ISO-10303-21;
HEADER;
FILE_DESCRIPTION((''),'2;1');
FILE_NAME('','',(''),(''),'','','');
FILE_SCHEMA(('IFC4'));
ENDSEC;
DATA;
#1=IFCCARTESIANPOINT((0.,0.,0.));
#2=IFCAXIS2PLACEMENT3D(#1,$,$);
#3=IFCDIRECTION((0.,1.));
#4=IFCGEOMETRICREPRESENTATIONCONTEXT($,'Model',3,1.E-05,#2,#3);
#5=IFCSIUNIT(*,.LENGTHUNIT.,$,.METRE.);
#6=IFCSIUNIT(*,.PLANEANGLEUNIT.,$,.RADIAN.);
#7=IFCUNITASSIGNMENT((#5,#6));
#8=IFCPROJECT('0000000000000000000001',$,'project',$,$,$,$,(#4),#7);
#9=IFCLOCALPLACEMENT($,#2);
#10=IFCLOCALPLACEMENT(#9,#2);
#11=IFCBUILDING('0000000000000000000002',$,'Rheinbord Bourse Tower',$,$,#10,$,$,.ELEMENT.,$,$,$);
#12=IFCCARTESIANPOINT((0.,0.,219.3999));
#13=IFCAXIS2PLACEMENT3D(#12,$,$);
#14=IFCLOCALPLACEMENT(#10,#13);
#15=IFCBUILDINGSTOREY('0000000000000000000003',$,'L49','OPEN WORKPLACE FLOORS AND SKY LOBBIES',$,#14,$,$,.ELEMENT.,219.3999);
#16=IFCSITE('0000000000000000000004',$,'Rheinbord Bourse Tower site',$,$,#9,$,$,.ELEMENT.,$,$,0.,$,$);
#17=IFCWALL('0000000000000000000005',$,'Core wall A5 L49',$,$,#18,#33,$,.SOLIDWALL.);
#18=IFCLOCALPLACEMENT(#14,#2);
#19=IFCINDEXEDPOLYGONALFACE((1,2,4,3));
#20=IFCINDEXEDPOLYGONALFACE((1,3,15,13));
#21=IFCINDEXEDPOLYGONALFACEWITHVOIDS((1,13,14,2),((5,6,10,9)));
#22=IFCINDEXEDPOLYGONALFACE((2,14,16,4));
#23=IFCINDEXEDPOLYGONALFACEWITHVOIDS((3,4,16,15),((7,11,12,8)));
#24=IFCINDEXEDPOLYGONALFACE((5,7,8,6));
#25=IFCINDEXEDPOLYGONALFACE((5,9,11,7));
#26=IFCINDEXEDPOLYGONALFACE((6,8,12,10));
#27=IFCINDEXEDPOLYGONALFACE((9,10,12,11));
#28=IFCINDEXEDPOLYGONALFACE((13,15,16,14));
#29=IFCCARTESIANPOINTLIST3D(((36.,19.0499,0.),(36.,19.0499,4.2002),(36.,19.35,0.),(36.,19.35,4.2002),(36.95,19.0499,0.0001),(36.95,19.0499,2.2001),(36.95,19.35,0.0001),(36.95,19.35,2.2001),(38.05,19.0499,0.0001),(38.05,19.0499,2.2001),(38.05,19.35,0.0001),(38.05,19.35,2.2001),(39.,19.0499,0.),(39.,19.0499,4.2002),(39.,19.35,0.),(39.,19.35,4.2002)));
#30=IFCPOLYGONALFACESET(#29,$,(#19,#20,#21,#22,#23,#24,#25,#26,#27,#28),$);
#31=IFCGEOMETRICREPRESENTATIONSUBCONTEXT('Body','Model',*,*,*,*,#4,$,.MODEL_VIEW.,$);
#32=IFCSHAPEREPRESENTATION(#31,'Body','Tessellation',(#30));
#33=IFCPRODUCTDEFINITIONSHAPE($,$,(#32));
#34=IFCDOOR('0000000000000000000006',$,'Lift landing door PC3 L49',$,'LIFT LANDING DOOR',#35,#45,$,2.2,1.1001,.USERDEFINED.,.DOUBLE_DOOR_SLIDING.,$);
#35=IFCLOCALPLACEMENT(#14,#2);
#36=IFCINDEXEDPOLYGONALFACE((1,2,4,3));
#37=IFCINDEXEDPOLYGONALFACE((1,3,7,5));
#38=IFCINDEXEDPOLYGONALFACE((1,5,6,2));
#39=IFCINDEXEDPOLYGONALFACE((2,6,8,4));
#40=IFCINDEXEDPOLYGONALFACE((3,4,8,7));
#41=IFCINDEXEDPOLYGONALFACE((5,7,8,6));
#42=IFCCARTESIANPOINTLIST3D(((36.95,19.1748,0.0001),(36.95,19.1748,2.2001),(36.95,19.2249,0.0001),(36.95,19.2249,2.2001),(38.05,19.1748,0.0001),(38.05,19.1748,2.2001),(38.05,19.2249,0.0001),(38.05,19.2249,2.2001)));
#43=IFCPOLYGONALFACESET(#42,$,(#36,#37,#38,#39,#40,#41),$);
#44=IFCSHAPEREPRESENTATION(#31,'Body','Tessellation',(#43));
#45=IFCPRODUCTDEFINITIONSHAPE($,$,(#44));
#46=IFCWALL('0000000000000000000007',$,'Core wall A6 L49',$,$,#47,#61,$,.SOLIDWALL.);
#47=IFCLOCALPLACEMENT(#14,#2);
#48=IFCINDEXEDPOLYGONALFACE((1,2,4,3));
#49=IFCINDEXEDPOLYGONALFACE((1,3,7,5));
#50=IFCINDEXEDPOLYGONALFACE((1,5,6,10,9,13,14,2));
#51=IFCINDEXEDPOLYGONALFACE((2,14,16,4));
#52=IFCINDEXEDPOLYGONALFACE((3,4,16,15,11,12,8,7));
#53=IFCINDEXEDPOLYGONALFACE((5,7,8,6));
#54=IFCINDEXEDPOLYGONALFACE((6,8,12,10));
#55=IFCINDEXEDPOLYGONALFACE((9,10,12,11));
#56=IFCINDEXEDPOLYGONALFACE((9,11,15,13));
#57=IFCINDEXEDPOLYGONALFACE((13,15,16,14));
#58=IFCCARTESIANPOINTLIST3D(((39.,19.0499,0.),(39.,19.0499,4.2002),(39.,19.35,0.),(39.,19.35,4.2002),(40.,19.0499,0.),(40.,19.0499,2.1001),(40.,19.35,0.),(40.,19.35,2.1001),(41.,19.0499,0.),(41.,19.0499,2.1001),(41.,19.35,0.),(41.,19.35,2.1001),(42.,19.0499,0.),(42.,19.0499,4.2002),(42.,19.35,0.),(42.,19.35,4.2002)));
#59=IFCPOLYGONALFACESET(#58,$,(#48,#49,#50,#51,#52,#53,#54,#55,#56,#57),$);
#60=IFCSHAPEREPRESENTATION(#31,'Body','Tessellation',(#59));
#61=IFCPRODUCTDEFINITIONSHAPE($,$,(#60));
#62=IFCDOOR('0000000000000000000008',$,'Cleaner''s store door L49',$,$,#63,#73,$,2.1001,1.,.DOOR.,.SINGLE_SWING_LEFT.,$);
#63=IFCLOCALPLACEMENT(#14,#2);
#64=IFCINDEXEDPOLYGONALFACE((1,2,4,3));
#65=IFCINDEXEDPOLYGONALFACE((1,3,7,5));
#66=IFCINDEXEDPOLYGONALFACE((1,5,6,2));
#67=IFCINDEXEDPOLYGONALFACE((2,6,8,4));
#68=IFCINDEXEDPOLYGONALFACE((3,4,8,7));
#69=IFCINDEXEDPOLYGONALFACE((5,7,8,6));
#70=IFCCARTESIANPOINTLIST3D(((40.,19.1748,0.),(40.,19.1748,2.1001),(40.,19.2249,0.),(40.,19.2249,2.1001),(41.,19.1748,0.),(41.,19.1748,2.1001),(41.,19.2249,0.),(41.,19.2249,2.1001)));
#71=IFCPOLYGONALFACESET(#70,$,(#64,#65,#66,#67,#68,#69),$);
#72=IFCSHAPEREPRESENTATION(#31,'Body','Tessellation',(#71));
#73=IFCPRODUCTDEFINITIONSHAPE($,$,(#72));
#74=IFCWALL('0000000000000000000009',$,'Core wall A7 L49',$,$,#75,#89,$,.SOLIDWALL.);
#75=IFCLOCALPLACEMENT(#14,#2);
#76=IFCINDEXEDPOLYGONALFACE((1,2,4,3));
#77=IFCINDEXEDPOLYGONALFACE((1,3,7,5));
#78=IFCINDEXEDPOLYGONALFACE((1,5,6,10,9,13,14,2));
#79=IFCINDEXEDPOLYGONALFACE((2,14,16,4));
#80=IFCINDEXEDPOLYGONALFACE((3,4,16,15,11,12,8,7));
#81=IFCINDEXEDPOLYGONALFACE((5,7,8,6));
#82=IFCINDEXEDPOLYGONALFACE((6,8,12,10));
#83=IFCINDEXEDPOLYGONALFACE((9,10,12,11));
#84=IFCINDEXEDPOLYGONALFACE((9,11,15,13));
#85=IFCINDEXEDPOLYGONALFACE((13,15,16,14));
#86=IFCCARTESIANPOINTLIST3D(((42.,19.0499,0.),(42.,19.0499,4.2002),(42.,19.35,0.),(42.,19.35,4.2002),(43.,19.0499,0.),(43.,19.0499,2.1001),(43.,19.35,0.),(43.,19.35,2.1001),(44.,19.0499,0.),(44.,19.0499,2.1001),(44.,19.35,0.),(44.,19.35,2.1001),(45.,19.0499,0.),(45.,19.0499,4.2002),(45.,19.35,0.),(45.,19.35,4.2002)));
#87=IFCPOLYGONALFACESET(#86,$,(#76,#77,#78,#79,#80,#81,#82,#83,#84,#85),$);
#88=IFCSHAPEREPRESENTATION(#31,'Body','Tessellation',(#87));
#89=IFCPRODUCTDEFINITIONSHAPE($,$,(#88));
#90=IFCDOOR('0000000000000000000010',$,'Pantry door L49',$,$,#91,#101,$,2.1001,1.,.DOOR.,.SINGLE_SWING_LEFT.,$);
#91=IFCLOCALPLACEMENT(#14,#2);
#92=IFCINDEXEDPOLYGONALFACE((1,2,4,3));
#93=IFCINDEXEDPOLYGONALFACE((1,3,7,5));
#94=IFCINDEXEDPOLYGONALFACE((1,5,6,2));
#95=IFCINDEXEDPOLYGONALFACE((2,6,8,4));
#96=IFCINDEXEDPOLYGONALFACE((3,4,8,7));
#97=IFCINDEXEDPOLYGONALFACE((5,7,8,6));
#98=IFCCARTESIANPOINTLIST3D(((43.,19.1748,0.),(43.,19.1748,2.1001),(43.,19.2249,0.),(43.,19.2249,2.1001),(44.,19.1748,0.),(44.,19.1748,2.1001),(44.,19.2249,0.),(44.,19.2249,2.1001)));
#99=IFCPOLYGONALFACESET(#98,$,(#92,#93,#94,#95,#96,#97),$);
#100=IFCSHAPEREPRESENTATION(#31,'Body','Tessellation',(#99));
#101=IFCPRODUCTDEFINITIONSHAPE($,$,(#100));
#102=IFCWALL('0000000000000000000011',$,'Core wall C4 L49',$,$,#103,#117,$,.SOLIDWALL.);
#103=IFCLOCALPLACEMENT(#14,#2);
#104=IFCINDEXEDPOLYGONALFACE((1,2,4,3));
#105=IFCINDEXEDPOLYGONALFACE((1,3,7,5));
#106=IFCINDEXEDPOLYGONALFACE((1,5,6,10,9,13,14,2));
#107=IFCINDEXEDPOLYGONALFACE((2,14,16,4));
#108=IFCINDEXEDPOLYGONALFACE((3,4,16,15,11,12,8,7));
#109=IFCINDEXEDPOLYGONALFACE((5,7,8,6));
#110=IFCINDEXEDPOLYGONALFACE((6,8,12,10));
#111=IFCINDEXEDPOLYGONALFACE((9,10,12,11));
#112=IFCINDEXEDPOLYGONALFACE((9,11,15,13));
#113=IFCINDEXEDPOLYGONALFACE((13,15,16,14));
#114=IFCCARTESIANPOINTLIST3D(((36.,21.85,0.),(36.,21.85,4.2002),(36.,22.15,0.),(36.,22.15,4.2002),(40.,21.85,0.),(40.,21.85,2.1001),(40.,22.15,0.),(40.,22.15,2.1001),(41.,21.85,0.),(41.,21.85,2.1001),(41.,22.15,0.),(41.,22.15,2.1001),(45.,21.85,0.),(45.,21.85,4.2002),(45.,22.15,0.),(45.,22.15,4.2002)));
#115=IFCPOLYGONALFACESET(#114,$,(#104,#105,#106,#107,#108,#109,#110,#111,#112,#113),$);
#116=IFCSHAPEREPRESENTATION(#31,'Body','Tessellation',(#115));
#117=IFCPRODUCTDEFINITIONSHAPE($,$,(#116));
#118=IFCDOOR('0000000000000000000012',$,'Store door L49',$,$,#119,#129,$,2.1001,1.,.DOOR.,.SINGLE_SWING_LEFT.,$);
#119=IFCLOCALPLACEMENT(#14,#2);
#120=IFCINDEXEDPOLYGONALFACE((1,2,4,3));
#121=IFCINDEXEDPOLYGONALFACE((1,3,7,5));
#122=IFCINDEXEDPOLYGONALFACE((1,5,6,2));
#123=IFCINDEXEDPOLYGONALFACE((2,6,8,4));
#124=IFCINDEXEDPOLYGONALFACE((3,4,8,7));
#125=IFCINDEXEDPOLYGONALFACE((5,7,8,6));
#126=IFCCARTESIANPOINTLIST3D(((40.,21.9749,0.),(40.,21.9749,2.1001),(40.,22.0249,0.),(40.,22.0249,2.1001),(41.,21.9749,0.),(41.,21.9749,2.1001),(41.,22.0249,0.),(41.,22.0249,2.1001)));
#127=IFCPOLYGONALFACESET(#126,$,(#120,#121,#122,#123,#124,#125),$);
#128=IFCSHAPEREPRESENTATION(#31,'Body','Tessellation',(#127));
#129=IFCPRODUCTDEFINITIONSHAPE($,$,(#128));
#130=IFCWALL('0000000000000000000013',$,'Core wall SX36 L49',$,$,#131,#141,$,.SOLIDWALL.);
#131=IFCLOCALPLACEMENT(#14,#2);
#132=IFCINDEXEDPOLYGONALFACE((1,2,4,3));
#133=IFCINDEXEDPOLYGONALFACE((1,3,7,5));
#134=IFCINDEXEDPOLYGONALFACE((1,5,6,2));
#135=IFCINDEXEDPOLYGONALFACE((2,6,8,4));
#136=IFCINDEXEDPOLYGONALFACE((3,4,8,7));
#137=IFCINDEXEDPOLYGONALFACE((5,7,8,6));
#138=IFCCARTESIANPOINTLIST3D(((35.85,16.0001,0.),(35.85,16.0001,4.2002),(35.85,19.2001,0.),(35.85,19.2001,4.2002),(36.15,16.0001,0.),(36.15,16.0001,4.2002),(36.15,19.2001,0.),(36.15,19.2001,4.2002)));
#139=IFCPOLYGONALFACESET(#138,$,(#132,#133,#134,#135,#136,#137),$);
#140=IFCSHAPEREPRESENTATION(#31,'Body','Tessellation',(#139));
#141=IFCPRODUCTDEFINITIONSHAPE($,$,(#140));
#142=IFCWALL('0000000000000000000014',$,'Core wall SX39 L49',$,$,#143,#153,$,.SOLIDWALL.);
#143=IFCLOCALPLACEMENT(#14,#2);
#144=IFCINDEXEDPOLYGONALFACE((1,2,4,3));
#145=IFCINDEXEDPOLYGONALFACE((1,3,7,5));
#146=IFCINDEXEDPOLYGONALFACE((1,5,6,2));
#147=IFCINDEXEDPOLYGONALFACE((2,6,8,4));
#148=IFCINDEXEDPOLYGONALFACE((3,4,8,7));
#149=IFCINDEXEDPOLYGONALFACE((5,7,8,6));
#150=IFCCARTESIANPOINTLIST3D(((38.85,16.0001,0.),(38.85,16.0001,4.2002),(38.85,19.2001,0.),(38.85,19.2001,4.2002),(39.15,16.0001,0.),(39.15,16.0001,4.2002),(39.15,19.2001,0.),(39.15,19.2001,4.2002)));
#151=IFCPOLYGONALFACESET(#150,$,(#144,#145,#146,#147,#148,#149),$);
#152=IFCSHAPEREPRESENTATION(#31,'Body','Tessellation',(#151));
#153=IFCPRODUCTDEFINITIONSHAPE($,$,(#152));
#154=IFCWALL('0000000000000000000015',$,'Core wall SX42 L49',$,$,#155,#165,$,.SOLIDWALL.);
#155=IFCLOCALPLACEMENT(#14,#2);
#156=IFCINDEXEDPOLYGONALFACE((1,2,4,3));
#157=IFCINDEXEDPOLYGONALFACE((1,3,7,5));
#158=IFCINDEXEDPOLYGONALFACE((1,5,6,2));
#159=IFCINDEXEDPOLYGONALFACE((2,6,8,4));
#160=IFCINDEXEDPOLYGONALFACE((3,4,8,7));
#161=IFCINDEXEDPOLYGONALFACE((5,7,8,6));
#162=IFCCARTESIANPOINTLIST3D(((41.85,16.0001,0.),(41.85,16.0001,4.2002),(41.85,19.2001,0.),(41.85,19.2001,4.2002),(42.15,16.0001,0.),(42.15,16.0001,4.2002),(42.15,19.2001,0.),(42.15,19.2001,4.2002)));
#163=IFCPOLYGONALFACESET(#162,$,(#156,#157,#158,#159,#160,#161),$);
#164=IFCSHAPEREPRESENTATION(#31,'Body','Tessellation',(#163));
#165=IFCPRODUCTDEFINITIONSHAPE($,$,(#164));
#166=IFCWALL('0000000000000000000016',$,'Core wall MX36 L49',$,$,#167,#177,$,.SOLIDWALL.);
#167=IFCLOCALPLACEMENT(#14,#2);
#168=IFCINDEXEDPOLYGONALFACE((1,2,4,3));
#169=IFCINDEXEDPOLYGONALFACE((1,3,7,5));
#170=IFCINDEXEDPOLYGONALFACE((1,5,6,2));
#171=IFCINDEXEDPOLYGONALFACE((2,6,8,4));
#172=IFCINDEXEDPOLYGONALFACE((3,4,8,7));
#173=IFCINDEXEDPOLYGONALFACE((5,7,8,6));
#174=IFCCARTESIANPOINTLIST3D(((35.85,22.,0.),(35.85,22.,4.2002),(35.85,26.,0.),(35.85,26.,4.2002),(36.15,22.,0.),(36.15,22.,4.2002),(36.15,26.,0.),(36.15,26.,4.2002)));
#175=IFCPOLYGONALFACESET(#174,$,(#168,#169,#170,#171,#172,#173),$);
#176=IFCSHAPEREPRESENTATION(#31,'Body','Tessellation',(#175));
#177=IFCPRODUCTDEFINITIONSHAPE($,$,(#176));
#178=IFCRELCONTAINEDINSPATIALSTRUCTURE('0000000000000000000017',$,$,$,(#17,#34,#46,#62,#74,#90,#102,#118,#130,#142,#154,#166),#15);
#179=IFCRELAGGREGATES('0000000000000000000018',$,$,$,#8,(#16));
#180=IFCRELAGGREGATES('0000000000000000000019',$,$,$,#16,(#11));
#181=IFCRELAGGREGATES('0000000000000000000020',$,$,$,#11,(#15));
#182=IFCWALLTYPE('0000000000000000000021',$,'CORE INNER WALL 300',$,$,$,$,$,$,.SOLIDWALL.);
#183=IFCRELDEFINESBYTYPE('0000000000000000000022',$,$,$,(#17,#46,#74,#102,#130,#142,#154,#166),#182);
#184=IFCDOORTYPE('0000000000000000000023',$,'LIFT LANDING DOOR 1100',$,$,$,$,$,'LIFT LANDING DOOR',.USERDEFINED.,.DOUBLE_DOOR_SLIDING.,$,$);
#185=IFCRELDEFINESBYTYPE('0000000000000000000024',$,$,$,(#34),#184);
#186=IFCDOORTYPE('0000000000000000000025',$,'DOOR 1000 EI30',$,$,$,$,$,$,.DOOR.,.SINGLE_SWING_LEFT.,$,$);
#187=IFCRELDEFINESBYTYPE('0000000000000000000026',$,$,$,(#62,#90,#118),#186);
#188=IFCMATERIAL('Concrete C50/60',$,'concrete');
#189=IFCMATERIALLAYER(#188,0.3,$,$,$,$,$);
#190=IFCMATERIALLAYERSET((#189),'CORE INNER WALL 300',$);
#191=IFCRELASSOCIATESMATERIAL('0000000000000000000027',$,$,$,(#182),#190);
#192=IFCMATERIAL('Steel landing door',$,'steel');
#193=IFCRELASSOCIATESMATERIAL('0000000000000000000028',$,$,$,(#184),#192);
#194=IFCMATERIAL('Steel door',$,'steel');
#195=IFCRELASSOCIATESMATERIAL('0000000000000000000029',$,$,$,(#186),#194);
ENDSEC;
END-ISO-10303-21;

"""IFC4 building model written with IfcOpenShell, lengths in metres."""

from ifc_helpers import new_model, si_unit, direction, frame, frame_2d, origin, place, context, subcontext, project, spatial, rectangle, extrude, material, layer, layer_set, type_object, element, fill, save


model = new_model("IFC4")

# Units and contexts
model_context = context("Model", 3, precision=1e-05, world=origin(), true_north=direction((0.0, 1.0)))
body_context = subcontext(model_context, "Body", "Model", "MODEL_VIEW")
ifc_project = project(units=[si_unit("LENGTHUNIT", "METRE"), si_unit("PLANEANGLEUNIT", "RADIAN")], contexts=[model_context])

# Site, building, storey
site_placement = place(None, origin())
site = spatial("IfcSite", under=ifc_project, at=site_placement, Name="Rheinbord Bourse Tower site", CompositionType="ELEMENT", RefElevation=0.0)
building_placement = place(site_placement, origin())
building = spatial("IfcBuilding", under=site, at=building_placement, Name="Rheinbord Bourse Tower", CompositionType="ELEMENT")
storey_placement = place(building_placement, frame((0.0, 0.0, 219.3999)))
storey = spatial("IfcBuildingStorey", under=building, at=storey_placement, Name="L49", Description="OPEN WORKPLACE FLOORS AND SKY LOBBIES", CompositionType="ELEMENT", Elevation=219.3999)

# Walls, openings, doors
ifc_material_1 = material(Name="Concrete C50/60", Category="concrete")
ifc_layer_1 = layer(ifc_material_1, 0.3)
ifc_layer_set_1 = layer_set([ifc_layer_1], Name="CORE INNER WALL 300")
wall_type_1 = type_object("IfcWallType", Name="CORE INNER WALL 300", PredefinedType="SOLIDWALL", material=ifc_layer_set_1)
wall_1_placement = place(storey_placement, frame((36.0, 19.2, 0.0), z_axis=(0.0, 0.0, 1.0), x_axis=(1.0, 0.0, 0.0)))
wall_1 = element("IfcWall", 1, at=wall_1_placement, inside=storey, type_object=wall_type_1, Name="Core wall A5 L49", PredefinedType="SOLIDWALL", context=body_context, shape_type="SweptSolid", body=[
    extrude(rectangle(XDim=3.0, YDim=0.3, at=frame_2d((1.5, 0.0))), origin(), (0.0, 0.0, 1.0), 4.2002),
])
opening_1_placement = place(wall_1_placement, frame((0.95, 0.0, 0.0)))
opening_1 = element("IfcOpeningElement", 2, at=opening_1_placement, cuts=wall_1, PredefinedType="OPENING", context=body_context, shape_type="SweptSolid", body=[
    extrude(rectangle(XDim=1.1001, YDim=2.2, at=frame_2d((0.55, 1.1001))), frame((0.0, 0.1599, 0.0), z_axis=(0.0, -1.0, 0.0), x_axis=(1.0, 0.0, 0.0)), (0.0, 0.0, 1.0), 0.3201),
])
ifc_material_2 = material(Name="Steel landing door", Category="steel")
door_type_1 = type_object("IfcDoorType", Name="LIFT LANDING DOOR 1100", ElementType="LIFT LANDING DOOR", OperationType="DOUBLE_DOOR_SLIDING", PredefinedType="USERDEFINED", material=ifc_material_2)
door_1_placement = place(opening_1_placement, origin())
door_1 = element("IfcDoor", 3, at=door_1_placement, inside=storey, type_object=door_type_1, Name="Lift landing door PC3 L49", ObjectType="LIFT LANDING DOOR", OperationType="DOUBLE_DOOR_SLIDING", OverallHeight=2.2, OverallWidth=1.1001, PredefinedType="USERDEFINED", context=body_context, shape_type="SweptSolid", body=[
    extrude(rectangle(XDim=1.1001, YDim=2.2, at=frame_2d((0.55, 1.1001))), frame((0.0, 0.0249, 0.0), z_axis=(0.0, -1.0, 0.0), x_axis=(1.0, 0.0, 0.0)), (0.0, 0.0, 1.0), 0.05),
])
fill(opening_1, door_1)
wall_2_placement = place(storey_placement, frame((39.0, 19.2, 0.0), z_axis=(0.0, 0.0, 1.0), x_axis=(1.0, 0.0, 0.0)))
wall_2 = element("IfcWall", 4, at=wall_2_placement, inside=storey, type_object=wall_type_1, Name="Core wall A6 L49", PredefinedType="SOLIDWALL", context=body_context, shape_type="SweptSolid", body=[
    extrude(rectangle(XDim=3.0, YDim=0.3, at=frame_2d((1.5, 0.0))), origin(), (0.0, 0.0, 1.0), 4.2002),
])
opening_2_placement = place(wall_2_placement, frame((1.0, 0.0, 0.0)))
opening_2 = element("IfcOpeningElement", 5, at=opening_2_placement, cuts=wall_2, PredefinedType="OPENING", context=body_context, shape_type="SweptSolid", body=[
    extrude(rectangle(XDim=1.0, YDim=2.1001, at=frame_2d((0.5, 1.05))), frame((0.0, 0.1599, 0.0), z_axis=(0.0, -1.0, 0.0), x_axis=(1.0, 0.0, 0.0)), (0.0, 0.0, 1.0), 0.3201),
])
ifc_material_3 = material(Name="Steel door", Category="steel")
door_type_2 = type_object("IfcDoorType", Name="DOOR 1000 EI30", OperationType="SINGLE_SWING_LEFT", PredefinedType="DOOR", material=ifc_material_3)
door_2_placement = place(opening_2_placement, origin())
door_2 = element("IfcDoor", 6, at=door_2_placement, inside=storey, type_object=door_type_2, Name="Cleaner's store door L49", OperationType="SINGLE_SWING_LEFT", OverallHeight=2.1001, OverallWidth=1.0, PredefinedType="DOOR", context=body_context, shape_type="SweptSolid", body=[
    extrude(rectangle(XDim=1.0, YDim=2.1001, at=frame_2d((0.5, 1.05))), frame((0.0, 0.0249, 0.0), z_axis=(0.0, -1.0, 0.0), x_axis=(1.0, 0.0, 0.0)), (0.0, 0.0, 1.0), 0.05),
])
fill(opening_2, door_2)
wall_3_placement = place(storey_placement, frame((42.0, 19.2, 0.0), z_axis=(0.0, 0.0, 1.0), x_axis=(1.0, 0.0, 0.0)))
wall_3 = element("IfcWall", 7, at=wall_3_placement, inside=storey, type_object=wall_type_1, Name="Core wall A7 L49", PredefinedType="SOLIDWALL", context=body_context, shape_type="SweptSolid", body=[
    extrude(rectangle(XDim=3.0, YDim=0.3, at=frame_2d((1.5, 0.0))), origin(), (0.0, 0.0, 1.0), 4.2002),
])
opening_3_placement = place(wall_3_placement, frame((1.0, 0.0, 0.0)))
opening_3 = element("IfcOpeningElement", 8, at=opening_3_placement, cuts=wall_3, PredefinedType="OPENING", context=body_context, shape_type="SweptSolid", body=[
    extrude(rectangle(XDim=1.0, YDim=2.1001, at=frame_2d((0.5, 1.05))), frame((0.0, 0.1599, 0.0), z_axis=(0.0, -1.0, 0.0), x_axis=(1.0, 0.0, 0.0)), (0.0, 0.0, 1.0), 0.3201),
])
door_3_placement = place(opening_3_placement, origin())
door_3 = element("IfcDoor", 9, at=door_3_placement, inside=storey, type_object=door_type_2, Name="Pantry door L49", OperationType="SINGLE_SWING_LEFT", OverallHeight=2.1001, OverallWidth=1.0, PredefinedType="DOOR", context=body_context, shape_type="SweptSolid", body=[
    extrude(rectangle(XDim=1.0, YDim=2.1001, at=frame_2d((0.5, 1.05))), frame((0.0, 0.0249, 0.0), z_axis=(0.0, -1.0, 0.0), x_axis=(1.0, 0.0, 0.0)), (0.0, 0.0, 1.0), 0.05),
])
fill(opening_3, door_3)
wall_4_placement = place(storey_placement, frame((36.0, 22.0, 0.0), z_axis=(0.0, 0.0, 1.0), x_axis=(1.0, 0.0, 0.0)))
wall_4 = element("IfcWall", 10, at=wall_4_placement, inside=storey, type_object=wall_type_1, Name="Core wall C4 L49", PredefinedType="SOLIDWALL", context=body_context, shape_type="SweptSolid", body=[
    extrude(rectangle(XDim=9.0, YDim=0.3, at=frame_2d((4.5, 0.0))), origin(), (0.0, 0.0, 1.0), 4.2002),
])
opening_4_placement = place(wall_4_placement, frame((4.0, 0.0, 0.0)))
opening_4 = element("IfcOpeningElement", 11, at=opening_4_placement, cuts=wall_4, PredefinedType="OPENING", context=body_context, shape_type="SweptSolid", body=[
    extrude(rectangle(XDim=1.0, YDim=2.1001, at=frame_2d((0.5, 1.05))), frame((0.0, 0.1599, 0.0), z_axis=(0.0, -1.0, 0.0), x_axis=(1.0, 0.0, 0.0)), (0.0, 0.0, 1.0), 0.3201),
])
door_4_placement = place(opening_4_placement, origin())
door_4 = element("IfcDoor", 12, at=door_4_placement, inside=storey, type_object=door_type_2, Name="Store door L49", OperationType="SINGLE_SWING_LEFT", OverallHeight=2.1001, OverallWidth=1.0, PredefinedType="DOOR", context=body_context, shape_type="SweptSolid", body=[
    extrude(rectangle(XDim=1.0, YDim=2.1001, at=frame_2d((0.5, 1.05))), frame((0.0, 0.0249, 0.0), z_axis=(0.0, -1.0, 0.0), x_axis=(1.0, 0.0, 0.0)), (0.0, 0.0, 1.0), 0.05),
])
fill(opening_4, door_4)

# Walls
for number, where, z_axis, x_axis, name in (
    (13, (36.0, 16.0, 0.0), (0.0, 0.0, 1.0), (0.0, 1.0, 0.0), "Core wall SX36 L49"),
    (14, (39.0, 16.0, 0.0), (0.0, 0.0, 1.0), (0.0, 1.0, 0.0), "Core wall SX39 L49"),
    (15, (42.0, 16.0, 0.0), (0.0, 0.0, 1.0), (0.0, 1.0, 0.0), "Core wall SX42 L49"),
):
    element("IfcWall", number, at=place(storey_placement, frame(where, z_axis=z_axis, x_axis=x_axis)), inside=storey, type_object=wall_type_1, Name=name, PredefinedType="SOLIDWALL", context=body_context, shape_type="SweptSolid", body=[
        extrude(rectangle(XDim=3.2, YDim=0.3, at=frame_2d((1.6001, 0.0))), origin(), (0.0, 0.0, 1.0), 4.2002),
    ])
wall_5_placement = place(storey_placement, frame((36.0, 22.0, 0.0), z_axis=(0.0, 0.0, 1.0), x_axis=(0.0, 1.0, 0.0)))
element("IfcWall", 16, at=wall_5_placement, inside=storey, type_object=wall_type_1, Name="Core wall MX36 L49", PredefinedType="SOLIDWALL", context=body_context, shape_type="SweptSolid", body=[
    extrude(rectangle(XDim=4.0, YDim=0.3, at=frame_2d((2.0, 0.0))), origin(), (0.0, 0.0, 1.0), 4.2002),
])

save(model, "model.ifc")
